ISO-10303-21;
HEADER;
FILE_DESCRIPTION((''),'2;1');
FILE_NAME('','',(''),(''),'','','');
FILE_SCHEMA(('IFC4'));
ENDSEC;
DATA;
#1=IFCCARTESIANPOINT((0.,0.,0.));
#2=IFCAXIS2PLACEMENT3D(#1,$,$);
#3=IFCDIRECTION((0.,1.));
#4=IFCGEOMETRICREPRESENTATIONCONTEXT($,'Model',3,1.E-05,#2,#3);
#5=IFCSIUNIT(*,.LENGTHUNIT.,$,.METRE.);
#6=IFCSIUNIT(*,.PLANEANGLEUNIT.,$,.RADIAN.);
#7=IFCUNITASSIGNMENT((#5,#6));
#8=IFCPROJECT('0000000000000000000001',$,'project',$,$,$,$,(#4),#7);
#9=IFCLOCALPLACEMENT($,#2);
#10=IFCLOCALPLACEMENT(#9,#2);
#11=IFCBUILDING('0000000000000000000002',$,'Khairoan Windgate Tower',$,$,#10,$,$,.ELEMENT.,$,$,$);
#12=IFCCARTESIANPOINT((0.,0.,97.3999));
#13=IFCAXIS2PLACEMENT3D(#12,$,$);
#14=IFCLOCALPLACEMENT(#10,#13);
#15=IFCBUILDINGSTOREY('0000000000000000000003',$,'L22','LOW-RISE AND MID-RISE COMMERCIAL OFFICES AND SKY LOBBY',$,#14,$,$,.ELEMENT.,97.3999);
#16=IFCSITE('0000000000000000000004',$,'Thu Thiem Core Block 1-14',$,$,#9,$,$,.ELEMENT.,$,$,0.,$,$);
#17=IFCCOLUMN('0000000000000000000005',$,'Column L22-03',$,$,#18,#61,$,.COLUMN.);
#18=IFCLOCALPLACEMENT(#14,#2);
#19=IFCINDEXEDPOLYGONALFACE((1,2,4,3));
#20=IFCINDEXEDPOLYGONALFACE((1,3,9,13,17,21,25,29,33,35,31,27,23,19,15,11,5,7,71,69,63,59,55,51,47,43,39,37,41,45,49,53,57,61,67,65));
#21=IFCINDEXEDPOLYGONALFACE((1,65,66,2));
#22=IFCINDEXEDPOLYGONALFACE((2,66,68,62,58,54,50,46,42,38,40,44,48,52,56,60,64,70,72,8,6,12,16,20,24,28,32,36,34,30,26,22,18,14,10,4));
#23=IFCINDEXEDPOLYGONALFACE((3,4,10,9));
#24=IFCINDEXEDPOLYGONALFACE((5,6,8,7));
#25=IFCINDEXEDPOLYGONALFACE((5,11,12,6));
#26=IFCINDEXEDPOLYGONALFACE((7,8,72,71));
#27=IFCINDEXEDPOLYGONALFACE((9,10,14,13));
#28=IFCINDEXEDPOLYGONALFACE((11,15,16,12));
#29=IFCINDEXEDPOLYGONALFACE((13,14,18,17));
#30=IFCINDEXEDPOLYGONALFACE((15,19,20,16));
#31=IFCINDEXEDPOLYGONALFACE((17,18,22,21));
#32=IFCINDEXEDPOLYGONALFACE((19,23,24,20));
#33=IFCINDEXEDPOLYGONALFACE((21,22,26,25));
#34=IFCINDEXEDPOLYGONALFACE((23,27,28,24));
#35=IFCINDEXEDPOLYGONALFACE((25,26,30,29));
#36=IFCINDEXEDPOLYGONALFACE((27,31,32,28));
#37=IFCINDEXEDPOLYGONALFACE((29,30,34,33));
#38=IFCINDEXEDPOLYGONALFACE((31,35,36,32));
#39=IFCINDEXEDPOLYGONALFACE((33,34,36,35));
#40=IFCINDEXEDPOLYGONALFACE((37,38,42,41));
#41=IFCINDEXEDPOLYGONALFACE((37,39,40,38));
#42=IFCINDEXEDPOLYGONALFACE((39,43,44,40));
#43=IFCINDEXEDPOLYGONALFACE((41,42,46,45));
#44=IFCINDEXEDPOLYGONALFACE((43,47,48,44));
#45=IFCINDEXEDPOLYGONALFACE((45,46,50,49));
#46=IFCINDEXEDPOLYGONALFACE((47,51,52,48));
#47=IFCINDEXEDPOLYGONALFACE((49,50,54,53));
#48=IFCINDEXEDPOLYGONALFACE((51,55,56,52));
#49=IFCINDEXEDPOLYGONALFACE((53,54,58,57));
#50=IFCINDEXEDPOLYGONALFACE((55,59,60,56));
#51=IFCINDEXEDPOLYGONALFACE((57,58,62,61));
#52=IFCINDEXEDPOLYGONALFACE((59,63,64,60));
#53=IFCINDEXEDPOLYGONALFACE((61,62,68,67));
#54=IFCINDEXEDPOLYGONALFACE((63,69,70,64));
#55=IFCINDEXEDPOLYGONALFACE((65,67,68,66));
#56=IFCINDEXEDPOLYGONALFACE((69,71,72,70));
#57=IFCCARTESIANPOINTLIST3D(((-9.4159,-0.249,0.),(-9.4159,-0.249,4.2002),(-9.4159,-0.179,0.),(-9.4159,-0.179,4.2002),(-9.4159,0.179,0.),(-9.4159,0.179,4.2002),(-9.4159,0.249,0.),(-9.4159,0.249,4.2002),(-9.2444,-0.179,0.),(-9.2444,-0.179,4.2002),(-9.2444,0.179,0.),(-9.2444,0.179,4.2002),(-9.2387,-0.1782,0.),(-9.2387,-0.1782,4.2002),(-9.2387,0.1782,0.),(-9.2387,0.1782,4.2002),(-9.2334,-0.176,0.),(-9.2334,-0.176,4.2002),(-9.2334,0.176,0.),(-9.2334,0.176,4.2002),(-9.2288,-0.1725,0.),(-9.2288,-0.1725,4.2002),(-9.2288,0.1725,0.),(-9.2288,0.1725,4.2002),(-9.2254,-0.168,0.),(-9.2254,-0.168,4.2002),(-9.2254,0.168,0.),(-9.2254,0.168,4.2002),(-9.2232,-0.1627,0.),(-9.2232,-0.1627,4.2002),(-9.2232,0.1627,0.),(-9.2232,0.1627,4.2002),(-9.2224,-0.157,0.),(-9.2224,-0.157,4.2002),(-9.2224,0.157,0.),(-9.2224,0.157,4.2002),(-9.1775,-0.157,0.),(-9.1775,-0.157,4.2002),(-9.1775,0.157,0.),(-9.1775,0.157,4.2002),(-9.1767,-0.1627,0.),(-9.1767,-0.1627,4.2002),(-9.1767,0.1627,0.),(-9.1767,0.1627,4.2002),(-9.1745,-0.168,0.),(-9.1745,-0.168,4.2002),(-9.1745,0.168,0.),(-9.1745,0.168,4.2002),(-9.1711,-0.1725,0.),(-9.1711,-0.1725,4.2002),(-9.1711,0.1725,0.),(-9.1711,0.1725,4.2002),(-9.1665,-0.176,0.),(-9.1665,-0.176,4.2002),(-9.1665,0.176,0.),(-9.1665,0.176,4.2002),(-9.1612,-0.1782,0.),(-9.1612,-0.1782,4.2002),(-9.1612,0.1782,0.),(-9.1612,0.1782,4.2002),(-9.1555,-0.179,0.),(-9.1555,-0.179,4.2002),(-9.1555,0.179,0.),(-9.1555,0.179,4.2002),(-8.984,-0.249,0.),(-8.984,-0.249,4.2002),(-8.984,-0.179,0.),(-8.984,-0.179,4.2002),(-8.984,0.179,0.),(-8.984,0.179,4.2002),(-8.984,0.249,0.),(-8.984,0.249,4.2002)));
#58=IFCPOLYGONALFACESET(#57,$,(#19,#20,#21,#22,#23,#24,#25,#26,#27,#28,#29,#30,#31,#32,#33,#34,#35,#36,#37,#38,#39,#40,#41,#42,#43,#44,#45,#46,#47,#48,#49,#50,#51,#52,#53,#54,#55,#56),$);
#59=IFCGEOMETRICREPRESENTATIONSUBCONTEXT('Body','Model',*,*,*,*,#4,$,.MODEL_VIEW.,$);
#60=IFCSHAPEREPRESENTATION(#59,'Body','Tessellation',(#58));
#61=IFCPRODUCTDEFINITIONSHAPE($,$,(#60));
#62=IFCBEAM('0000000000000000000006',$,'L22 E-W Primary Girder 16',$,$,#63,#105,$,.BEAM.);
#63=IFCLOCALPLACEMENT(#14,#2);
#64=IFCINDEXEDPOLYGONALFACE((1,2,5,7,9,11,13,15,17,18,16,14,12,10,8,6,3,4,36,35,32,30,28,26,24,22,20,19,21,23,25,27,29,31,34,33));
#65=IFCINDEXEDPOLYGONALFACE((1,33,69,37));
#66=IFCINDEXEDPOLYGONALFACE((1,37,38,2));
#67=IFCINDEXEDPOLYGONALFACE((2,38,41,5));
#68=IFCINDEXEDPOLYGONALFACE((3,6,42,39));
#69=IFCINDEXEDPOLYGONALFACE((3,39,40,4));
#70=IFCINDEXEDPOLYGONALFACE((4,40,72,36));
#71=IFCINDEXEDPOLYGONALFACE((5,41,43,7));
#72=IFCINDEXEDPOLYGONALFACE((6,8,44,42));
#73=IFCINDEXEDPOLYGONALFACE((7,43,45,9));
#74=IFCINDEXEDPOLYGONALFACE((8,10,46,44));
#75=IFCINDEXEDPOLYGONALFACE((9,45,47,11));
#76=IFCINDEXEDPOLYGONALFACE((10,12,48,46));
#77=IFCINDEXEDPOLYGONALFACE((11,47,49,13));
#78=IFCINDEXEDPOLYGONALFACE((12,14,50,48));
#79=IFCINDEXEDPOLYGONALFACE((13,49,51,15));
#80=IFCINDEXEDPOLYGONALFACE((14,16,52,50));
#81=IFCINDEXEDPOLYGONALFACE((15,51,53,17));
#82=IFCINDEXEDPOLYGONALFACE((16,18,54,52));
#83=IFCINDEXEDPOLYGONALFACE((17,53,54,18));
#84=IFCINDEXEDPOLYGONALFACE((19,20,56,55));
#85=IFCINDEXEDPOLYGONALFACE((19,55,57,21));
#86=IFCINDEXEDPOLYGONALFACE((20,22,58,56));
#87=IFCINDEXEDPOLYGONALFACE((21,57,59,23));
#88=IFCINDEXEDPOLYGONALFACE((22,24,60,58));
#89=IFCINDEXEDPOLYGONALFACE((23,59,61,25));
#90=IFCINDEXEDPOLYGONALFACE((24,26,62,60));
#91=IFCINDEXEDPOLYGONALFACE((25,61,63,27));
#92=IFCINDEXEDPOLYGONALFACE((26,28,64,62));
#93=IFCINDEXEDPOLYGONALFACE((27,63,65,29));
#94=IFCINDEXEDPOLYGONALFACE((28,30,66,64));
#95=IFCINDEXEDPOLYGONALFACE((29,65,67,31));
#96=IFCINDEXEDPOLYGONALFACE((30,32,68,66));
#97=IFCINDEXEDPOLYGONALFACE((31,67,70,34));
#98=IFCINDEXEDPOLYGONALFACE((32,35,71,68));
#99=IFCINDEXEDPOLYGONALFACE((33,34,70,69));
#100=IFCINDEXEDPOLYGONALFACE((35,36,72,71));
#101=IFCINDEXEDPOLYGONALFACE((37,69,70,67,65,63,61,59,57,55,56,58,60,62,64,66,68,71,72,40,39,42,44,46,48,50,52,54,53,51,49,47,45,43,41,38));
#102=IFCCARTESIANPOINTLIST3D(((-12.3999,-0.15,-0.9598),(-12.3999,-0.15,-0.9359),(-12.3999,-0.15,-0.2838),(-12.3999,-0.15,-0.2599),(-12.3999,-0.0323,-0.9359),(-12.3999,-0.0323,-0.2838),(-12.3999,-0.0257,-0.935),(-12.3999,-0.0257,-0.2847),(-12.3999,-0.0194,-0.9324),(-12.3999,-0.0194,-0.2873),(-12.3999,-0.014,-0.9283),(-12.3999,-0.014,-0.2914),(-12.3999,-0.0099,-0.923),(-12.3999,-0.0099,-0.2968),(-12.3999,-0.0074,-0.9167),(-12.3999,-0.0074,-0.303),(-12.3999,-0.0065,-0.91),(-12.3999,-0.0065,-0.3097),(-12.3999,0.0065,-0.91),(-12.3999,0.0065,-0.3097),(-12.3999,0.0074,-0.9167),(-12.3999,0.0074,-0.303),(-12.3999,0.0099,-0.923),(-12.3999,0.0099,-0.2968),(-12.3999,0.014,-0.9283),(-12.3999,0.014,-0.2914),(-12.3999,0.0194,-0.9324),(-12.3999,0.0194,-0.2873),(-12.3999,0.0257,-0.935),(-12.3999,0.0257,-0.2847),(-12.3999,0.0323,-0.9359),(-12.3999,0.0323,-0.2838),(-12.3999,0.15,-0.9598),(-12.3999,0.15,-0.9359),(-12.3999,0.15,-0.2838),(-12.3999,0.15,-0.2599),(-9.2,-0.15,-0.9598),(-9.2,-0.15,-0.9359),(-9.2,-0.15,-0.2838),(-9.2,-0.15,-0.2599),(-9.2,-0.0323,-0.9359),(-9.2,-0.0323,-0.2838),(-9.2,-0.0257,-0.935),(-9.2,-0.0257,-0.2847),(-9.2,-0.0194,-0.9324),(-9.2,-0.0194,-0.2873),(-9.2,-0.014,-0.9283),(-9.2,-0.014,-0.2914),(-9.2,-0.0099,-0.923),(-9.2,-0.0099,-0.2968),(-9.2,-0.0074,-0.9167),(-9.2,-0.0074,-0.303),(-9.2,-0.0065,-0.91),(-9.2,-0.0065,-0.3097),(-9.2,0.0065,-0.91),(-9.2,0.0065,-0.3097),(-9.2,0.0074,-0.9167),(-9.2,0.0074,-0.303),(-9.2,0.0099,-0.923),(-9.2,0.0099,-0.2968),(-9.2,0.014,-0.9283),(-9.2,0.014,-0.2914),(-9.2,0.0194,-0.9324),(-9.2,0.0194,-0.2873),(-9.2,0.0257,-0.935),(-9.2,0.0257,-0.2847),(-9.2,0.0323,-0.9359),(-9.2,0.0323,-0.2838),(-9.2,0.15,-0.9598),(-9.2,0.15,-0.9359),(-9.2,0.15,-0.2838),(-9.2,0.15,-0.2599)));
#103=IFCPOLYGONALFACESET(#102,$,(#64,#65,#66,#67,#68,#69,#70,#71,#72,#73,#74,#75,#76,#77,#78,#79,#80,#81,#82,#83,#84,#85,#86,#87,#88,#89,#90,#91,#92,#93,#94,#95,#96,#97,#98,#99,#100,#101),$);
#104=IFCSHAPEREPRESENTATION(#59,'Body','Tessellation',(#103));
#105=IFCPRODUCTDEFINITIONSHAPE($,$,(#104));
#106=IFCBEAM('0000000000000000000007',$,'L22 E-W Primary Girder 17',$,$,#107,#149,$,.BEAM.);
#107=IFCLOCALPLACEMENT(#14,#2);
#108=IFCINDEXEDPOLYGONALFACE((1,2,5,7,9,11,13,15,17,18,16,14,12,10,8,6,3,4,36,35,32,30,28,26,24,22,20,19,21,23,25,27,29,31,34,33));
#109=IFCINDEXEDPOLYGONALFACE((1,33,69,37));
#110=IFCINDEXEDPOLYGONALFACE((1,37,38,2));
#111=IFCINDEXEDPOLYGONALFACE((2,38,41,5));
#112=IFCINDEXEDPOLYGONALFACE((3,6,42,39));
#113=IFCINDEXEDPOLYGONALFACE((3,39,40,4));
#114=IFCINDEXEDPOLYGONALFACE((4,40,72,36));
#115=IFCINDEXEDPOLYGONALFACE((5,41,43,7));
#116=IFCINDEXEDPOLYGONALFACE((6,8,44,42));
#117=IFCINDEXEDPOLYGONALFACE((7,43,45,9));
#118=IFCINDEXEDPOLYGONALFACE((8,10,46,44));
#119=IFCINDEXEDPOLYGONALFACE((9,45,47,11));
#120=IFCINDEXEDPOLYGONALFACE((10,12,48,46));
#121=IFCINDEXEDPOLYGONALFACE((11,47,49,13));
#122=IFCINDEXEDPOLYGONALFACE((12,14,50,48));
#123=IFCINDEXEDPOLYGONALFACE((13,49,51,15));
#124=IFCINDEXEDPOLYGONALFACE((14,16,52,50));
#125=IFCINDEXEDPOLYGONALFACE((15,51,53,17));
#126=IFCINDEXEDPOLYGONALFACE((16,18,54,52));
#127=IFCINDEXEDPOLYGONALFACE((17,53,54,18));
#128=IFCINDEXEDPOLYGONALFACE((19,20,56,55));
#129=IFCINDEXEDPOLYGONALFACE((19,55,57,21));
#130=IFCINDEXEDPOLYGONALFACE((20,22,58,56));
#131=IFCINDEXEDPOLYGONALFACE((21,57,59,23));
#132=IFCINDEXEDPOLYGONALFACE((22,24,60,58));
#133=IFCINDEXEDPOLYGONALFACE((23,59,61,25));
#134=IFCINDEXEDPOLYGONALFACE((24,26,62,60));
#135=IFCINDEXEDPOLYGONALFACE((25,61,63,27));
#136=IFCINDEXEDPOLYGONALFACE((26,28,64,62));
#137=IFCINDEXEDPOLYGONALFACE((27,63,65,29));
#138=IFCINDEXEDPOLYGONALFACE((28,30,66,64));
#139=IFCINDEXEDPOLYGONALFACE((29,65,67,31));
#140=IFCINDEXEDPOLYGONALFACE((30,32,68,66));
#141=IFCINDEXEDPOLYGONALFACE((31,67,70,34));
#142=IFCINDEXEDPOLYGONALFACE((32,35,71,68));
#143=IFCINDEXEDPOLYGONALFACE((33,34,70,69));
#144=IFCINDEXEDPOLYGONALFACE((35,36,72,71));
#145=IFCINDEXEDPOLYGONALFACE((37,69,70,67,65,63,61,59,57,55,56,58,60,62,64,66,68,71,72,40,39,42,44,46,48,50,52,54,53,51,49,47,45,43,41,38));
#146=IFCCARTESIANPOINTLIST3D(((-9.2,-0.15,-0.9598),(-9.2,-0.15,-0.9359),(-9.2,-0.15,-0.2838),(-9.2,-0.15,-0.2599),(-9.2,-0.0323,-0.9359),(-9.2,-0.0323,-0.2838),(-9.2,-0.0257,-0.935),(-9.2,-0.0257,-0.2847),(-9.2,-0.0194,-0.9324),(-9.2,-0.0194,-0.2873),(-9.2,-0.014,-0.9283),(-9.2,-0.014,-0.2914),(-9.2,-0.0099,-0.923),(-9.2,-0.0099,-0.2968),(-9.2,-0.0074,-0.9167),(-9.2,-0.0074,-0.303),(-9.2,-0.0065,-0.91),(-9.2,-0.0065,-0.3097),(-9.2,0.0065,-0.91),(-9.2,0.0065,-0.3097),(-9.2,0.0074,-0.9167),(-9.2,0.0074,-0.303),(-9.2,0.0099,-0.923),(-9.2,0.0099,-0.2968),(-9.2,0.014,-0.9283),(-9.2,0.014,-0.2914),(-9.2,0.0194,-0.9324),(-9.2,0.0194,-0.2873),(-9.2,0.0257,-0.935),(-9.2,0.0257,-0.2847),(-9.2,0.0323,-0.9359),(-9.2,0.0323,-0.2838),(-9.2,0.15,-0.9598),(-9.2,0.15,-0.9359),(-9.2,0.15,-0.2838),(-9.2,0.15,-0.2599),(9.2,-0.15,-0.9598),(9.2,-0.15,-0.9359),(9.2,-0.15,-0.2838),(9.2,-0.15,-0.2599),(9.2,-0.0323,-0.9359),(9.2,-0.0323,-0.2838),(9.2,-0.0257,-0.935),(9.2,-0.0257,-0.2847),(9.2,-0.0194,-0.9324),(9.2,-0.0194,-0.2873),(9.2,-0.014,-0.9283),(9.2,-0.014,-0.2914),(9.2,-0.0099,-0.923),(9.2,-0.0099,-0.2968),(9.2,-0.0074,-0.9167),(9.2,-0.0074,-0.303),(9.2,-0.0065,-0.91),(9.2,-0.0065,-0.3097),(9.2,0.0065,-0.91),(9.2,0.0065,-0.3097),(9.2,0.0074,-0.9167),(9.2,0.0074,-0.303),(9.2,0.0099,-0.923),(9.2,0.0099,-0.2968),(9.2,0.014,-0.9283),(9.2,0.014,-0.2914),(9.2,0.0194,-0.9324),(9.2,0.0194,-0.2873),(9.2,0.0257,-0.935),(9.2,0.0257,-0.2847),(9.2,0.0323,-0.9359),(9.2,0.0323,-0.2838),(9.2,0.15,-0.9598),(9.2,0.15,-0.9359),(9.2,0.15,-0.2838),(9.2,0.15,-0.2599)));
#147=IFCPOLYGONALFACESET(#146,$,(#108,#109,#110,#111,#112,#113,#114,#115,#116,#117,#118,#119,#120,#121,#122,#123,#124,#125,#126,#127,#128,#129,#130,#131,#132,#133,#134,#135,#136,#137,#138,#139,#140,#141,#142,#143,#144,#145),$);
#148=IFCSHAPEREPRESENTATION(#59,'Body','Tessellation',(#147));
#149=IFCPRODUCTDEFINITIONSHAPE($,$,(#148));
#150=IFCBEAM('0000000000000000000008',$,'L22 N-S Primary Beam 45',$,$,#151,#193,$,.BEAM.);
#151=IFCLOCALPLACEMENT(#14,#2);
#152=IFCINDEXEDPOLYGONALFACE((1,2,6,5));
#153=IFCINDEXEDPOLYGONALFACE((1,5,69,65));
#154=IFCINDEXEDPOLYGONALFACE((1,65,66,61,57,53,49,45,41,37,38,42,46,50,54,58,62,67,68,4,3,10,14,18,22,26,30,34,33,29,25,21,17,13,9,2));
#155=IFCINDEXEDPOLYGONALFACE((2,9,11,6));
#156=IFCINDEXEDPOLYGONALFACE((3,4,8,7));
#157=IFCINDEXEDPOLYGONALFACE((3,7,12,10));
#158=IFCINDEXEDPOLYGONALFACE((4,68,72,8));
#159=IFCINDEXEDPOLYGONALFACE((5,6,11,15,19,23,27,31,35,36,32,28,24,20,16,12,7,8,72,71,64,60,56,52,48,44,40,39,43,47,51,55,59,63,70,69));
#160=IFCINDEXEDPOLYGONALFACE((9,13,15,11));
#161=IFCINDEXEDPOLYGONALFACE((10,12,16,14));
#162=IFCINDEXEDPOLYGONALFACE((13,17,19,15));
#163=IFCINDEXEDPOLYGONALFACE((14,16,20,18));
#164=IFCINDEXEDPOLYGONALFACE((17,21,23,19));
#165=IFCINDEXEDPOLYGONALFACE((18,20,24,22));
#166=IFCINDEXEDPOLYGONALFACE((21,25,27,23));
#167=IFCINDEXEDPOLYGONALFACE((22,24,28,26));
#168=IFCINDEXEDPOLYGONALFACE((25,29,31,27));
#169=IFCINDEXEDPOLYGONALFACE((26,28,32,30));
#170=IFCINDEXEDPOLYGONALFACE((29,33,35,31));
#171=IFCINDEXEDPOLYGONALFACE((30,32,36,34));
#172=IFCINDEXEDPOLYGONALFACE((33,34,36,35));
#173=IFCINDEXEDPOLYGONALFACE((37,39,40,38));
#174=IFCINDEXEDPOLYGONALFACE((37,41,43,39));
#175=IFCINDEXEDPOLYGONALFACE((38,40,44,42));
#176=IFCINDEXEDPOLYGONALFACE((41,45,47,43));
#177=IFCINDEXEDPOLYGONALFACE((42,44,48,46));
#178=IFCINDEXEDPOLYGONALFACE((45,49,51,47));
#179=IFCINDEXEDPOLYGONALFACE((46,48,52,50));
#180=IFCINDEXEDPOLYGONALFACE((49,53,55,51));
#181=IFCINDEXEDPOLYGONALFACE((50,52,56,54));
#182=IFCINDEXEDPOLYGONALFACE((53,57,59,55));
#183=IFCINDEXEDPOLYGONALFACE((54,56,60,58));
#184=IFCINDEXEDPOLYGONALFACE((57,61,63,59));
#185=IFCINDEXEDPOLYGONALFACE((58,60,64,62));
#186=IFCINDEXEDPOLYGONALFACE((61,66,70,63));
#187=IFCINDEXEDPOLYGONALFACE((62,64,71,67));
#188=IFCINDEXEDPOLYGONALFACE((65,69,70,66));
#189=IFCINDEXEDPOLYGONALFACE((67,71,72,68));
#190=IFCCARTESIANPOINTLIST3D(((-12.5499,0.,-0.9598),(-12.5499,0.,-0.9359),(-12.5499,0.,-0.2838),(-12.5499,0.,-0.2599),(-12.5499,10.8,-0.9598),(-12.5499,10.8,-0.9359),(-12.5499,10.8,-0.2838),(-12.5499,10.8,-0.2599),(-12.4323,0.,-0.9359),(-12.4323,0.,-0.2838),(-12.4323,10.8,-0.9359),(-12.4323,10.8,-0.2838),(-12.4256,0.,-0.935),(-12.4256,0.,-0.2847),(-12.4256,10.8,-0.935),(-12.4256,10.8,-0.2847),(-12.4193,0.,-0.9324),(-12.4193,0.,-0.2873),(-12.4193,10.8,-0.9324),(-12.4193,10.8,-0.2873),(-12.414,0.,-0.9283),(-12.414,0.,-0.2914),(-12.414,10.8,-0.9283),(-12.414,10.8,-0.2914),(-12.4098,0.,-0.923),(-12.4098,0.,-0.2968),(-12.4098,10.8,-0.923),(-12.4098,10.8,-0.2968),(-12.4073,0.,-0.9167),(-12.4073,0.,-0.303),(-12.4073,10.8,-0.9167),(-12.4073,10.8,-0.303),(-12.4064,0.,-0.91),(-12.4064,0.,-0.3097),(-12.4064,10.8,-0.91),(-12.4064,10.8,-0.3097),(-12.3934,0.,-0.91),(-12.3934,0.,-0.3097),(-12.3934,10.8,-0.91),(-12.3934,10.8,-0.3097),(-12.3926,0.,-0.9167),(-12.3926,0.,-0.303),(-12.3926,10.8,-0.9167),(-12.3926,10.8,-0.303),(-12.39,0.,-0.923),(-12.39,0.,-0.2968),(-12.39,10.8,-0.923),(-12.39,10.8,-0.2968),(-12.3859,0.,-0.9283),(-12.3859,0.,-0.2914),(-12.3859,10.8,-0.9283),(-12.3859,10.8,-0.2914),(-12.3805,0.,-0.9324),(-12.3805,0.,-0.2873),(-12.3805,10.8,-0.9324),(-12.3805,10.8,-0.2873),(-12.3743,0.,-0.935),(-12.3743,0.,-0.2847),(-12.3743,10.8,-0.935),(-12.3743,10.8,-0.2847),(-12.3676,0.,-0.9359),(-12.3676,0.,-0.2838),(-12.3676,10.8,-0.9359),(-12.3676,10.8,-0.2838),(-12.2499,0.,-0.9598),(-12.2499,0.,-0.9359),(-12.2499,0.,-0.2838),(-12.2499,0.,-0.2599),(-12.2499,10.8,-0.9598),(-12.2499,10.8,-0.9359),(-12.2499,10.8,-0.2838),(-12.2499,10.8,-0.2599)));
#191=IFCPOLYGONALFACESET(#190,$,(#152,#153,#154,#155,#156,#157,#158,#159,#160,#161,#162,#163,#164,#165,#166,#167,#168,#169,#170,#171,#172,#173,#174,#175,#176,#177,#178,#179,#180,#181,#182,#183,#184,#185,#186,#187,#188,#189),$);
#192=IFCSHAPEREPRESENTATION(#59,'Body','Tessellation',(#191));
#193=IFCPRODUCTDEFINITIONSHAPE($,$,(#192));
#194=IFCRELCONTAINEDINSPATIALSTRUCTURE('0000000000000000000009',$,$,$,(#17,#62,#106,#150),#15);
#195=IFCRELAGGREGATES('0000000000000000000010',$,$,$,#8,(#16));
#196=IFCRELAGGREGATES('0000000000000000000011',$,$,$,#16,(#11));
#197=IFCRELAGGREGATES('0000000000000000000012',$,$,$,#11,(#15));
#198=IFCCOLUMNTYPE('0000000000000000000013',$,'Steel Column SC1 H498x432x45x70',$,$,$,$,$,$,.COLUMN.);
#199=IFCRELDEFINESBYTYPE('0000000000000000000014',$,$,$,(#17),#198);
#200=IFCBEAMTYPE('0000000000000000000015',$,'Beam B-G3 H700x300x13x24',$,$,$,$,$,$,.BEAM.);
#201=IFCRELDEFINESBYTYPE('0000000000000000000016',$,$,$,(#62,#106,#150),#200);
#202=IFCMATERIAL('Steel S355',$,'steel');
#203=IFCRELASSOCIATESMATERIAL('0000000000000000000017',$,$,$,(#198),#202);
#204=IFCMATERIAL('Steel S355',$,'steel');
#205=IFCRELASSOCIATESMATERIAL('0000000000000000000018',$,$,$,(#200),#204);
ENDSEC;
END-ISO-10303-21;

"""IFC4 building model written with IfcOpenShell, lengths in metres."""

from ifc_helpers import new_model, si_unit, direction, frame, origin, origin_2d, place, context, subcontext, project, spatial, i_section, extrude, material, material_profile, profile_set, type_object, element, save


model = new_model("IFC4")

# Units and contexts
model_context = context("Model", 3, precision=1e-05, world=origin(), true_north=direction((0.0, 1.0)))
body_context = subcontext(model_context, "Body", "Model", "MODEL_VIEW")
ifc_project = project(units=[si_unit("LENGTHUNIT", "METRE"), si_unit("PLANEANGLEUNIT", "RADIAN")], contexts=[model_context])

# Site, building, storey
site_placement = place(None, origin())
site = spatial("IfcSite", under=ifc_project, at=site_placement, Name="Thu Thiem Core Block 1-14", CompositionType="ELEMENT", RefElevation=0.0)
building_placement = place(site_placement, origin())
building = spatial("IfcBuilding", under=site, at=building_placement, Name="Khairoan Windgate Tower", CompositionType="ELEMENT")
storey_placement = place(building_placement, frame((0.0, 0.0, 97.3999)))
storey = spatial("IfcBuildingStorey", under=building, at=storey_placement, Name="L22", Description="LOW-RISE AND MID-RISE COMMERCIAL OFFICES AND SKY LOBBY", CompositionType="ELEMENT", Elevation=97.3999)

# Column
ifc_material_1 = material(Name="Steel S355", Category="steel")
ifc_material_profile_1 = material_profile(ifc_material_1, i_section(OverallWidth=0.4319, OverallDepth=0.498, WebThickness=0.0449, FlangeThickness=0.0701, FilletRadius=0.022, at=origin_2d()))
ifc_profile_set_1 = profile_set([ifc_material_profile_1], Name="Steel S355")
column_type = type_object("IfcColumnType", Name="Steel Column SC1 H498x432x45x70", PredefinedType="COLUMN", material=ifc_profile_set_1)
column_placement = place(storey_placement, frame((-9.2, 0.0, 0.0), z_axis=(0.0, 0.0, 1.0), x_axis=(1.0, 0.0, 0.0)))
element("IfcColumn", 1, at=column_placement, inside=storey, type_object=column_type, Name="Column L22-03", PredefinedType="COLUMN", context=body_context, shape_type="SweptSolid", body=[
    extrude(i_section(OverallWidth=0.4319, OverallDepth=0.498, WebThickness=0.0449, FlangeThickness=0.0701, FilletRadius=0.022, at=origin_2d()), origin(), (0.0, 0.0, 1.0), 4.2002),
])

# Beams
ifc_material_2 = material(Name="Steel S355", Category="steel")
ifc_material_profile_2 = material_profile(ifc_material_2, i_section(OverallWidth=0.3, OverallDepth=0.7, WebThickness=0.0129, FlangeThickness=0.0239, FilletRadius=0.0259, at=origin_2d()))
ifc_profile_set_2 = profile_set([ifc_material_profile_2], Name="Steel S355")
beam_type = type_object("IfcBeamType", Name="Beam B-G3 H700x300x13x24", PredefinedType="BEAM", material=ifc_profile_set_2)
beam_1_placement = place(storey_placement, frame((-12.3999, 0.0, -0.6099), z_axis=(1.0, 0.0, 0.0), x_axis=(0.0, 1.0, 0.0)))
element("IfcBeam", 2, at=beam_1_placement, inside=storey, type_object=beam_type, Name="L22 E-W Primary Girder 16", PredefinedType="BEAM", context=body_context, shape_type="SweptSolid", body=[
    extrude(i_section(OverallWidth=0.3, OverallDepth=0.7, WebThickness=0.0129, FlangeThickness=0.0239, FilletRadius=0.0259, at=origin_2d()), origin(), (0.0, 0.0, 1.0), 3.2),
])
beam_2_placement = place(storey_placement, frame((-9.2, 0.0, -0.6099), z_axis=(1.0, 0.0, 0.0), x_axis=(0.0, 1.0, 0.0)))
element("IfcBeam", 3, at=beam_2_placement, inside=storey, type_object=beam_type, Name="L22 E-W Primary Girder 17", PredefinedType="BEAM", context=body_context, shape_type="SweptSolid", body=[
    extrude(i_section(OverallWidth=0.3, OverallDepth=0.7, WebThickness=0.0129, FlangeThickness=0.0239, FilletRadius=0.0259, at=origin_2d()), origin(), (0.0, 0.0, 1.0), 18.3999),
])
for number, where, z_axis, x_axis, name in (
    (4, (-12.3999, 0.0, -0.6099), (0.0, 1.0, 0.0), (-1.0, 0.0, 0.0), "L22 N-S Primary Beam 45"),
):
    element("IfcBeam", number, at=place(storey_placement, frame(where, z_axis=z_axis, x_axis=x_axis)), inside=storey, type_object=beam_type, Name=name, PredefinedType="BEAM", context=body_context, shape_type="SweptSolid", body=[
        extrude(i_section(OverallWidth=0.3, OverallDepth=0.7, WebThickness=0.0129, FlangeThickness=0.0239, FilletRadius=0.0259, at=origin_2d()), origin(), (0.0, 0.0, 1.0), 10.8),
    ])

save(model, "model.ifc")
